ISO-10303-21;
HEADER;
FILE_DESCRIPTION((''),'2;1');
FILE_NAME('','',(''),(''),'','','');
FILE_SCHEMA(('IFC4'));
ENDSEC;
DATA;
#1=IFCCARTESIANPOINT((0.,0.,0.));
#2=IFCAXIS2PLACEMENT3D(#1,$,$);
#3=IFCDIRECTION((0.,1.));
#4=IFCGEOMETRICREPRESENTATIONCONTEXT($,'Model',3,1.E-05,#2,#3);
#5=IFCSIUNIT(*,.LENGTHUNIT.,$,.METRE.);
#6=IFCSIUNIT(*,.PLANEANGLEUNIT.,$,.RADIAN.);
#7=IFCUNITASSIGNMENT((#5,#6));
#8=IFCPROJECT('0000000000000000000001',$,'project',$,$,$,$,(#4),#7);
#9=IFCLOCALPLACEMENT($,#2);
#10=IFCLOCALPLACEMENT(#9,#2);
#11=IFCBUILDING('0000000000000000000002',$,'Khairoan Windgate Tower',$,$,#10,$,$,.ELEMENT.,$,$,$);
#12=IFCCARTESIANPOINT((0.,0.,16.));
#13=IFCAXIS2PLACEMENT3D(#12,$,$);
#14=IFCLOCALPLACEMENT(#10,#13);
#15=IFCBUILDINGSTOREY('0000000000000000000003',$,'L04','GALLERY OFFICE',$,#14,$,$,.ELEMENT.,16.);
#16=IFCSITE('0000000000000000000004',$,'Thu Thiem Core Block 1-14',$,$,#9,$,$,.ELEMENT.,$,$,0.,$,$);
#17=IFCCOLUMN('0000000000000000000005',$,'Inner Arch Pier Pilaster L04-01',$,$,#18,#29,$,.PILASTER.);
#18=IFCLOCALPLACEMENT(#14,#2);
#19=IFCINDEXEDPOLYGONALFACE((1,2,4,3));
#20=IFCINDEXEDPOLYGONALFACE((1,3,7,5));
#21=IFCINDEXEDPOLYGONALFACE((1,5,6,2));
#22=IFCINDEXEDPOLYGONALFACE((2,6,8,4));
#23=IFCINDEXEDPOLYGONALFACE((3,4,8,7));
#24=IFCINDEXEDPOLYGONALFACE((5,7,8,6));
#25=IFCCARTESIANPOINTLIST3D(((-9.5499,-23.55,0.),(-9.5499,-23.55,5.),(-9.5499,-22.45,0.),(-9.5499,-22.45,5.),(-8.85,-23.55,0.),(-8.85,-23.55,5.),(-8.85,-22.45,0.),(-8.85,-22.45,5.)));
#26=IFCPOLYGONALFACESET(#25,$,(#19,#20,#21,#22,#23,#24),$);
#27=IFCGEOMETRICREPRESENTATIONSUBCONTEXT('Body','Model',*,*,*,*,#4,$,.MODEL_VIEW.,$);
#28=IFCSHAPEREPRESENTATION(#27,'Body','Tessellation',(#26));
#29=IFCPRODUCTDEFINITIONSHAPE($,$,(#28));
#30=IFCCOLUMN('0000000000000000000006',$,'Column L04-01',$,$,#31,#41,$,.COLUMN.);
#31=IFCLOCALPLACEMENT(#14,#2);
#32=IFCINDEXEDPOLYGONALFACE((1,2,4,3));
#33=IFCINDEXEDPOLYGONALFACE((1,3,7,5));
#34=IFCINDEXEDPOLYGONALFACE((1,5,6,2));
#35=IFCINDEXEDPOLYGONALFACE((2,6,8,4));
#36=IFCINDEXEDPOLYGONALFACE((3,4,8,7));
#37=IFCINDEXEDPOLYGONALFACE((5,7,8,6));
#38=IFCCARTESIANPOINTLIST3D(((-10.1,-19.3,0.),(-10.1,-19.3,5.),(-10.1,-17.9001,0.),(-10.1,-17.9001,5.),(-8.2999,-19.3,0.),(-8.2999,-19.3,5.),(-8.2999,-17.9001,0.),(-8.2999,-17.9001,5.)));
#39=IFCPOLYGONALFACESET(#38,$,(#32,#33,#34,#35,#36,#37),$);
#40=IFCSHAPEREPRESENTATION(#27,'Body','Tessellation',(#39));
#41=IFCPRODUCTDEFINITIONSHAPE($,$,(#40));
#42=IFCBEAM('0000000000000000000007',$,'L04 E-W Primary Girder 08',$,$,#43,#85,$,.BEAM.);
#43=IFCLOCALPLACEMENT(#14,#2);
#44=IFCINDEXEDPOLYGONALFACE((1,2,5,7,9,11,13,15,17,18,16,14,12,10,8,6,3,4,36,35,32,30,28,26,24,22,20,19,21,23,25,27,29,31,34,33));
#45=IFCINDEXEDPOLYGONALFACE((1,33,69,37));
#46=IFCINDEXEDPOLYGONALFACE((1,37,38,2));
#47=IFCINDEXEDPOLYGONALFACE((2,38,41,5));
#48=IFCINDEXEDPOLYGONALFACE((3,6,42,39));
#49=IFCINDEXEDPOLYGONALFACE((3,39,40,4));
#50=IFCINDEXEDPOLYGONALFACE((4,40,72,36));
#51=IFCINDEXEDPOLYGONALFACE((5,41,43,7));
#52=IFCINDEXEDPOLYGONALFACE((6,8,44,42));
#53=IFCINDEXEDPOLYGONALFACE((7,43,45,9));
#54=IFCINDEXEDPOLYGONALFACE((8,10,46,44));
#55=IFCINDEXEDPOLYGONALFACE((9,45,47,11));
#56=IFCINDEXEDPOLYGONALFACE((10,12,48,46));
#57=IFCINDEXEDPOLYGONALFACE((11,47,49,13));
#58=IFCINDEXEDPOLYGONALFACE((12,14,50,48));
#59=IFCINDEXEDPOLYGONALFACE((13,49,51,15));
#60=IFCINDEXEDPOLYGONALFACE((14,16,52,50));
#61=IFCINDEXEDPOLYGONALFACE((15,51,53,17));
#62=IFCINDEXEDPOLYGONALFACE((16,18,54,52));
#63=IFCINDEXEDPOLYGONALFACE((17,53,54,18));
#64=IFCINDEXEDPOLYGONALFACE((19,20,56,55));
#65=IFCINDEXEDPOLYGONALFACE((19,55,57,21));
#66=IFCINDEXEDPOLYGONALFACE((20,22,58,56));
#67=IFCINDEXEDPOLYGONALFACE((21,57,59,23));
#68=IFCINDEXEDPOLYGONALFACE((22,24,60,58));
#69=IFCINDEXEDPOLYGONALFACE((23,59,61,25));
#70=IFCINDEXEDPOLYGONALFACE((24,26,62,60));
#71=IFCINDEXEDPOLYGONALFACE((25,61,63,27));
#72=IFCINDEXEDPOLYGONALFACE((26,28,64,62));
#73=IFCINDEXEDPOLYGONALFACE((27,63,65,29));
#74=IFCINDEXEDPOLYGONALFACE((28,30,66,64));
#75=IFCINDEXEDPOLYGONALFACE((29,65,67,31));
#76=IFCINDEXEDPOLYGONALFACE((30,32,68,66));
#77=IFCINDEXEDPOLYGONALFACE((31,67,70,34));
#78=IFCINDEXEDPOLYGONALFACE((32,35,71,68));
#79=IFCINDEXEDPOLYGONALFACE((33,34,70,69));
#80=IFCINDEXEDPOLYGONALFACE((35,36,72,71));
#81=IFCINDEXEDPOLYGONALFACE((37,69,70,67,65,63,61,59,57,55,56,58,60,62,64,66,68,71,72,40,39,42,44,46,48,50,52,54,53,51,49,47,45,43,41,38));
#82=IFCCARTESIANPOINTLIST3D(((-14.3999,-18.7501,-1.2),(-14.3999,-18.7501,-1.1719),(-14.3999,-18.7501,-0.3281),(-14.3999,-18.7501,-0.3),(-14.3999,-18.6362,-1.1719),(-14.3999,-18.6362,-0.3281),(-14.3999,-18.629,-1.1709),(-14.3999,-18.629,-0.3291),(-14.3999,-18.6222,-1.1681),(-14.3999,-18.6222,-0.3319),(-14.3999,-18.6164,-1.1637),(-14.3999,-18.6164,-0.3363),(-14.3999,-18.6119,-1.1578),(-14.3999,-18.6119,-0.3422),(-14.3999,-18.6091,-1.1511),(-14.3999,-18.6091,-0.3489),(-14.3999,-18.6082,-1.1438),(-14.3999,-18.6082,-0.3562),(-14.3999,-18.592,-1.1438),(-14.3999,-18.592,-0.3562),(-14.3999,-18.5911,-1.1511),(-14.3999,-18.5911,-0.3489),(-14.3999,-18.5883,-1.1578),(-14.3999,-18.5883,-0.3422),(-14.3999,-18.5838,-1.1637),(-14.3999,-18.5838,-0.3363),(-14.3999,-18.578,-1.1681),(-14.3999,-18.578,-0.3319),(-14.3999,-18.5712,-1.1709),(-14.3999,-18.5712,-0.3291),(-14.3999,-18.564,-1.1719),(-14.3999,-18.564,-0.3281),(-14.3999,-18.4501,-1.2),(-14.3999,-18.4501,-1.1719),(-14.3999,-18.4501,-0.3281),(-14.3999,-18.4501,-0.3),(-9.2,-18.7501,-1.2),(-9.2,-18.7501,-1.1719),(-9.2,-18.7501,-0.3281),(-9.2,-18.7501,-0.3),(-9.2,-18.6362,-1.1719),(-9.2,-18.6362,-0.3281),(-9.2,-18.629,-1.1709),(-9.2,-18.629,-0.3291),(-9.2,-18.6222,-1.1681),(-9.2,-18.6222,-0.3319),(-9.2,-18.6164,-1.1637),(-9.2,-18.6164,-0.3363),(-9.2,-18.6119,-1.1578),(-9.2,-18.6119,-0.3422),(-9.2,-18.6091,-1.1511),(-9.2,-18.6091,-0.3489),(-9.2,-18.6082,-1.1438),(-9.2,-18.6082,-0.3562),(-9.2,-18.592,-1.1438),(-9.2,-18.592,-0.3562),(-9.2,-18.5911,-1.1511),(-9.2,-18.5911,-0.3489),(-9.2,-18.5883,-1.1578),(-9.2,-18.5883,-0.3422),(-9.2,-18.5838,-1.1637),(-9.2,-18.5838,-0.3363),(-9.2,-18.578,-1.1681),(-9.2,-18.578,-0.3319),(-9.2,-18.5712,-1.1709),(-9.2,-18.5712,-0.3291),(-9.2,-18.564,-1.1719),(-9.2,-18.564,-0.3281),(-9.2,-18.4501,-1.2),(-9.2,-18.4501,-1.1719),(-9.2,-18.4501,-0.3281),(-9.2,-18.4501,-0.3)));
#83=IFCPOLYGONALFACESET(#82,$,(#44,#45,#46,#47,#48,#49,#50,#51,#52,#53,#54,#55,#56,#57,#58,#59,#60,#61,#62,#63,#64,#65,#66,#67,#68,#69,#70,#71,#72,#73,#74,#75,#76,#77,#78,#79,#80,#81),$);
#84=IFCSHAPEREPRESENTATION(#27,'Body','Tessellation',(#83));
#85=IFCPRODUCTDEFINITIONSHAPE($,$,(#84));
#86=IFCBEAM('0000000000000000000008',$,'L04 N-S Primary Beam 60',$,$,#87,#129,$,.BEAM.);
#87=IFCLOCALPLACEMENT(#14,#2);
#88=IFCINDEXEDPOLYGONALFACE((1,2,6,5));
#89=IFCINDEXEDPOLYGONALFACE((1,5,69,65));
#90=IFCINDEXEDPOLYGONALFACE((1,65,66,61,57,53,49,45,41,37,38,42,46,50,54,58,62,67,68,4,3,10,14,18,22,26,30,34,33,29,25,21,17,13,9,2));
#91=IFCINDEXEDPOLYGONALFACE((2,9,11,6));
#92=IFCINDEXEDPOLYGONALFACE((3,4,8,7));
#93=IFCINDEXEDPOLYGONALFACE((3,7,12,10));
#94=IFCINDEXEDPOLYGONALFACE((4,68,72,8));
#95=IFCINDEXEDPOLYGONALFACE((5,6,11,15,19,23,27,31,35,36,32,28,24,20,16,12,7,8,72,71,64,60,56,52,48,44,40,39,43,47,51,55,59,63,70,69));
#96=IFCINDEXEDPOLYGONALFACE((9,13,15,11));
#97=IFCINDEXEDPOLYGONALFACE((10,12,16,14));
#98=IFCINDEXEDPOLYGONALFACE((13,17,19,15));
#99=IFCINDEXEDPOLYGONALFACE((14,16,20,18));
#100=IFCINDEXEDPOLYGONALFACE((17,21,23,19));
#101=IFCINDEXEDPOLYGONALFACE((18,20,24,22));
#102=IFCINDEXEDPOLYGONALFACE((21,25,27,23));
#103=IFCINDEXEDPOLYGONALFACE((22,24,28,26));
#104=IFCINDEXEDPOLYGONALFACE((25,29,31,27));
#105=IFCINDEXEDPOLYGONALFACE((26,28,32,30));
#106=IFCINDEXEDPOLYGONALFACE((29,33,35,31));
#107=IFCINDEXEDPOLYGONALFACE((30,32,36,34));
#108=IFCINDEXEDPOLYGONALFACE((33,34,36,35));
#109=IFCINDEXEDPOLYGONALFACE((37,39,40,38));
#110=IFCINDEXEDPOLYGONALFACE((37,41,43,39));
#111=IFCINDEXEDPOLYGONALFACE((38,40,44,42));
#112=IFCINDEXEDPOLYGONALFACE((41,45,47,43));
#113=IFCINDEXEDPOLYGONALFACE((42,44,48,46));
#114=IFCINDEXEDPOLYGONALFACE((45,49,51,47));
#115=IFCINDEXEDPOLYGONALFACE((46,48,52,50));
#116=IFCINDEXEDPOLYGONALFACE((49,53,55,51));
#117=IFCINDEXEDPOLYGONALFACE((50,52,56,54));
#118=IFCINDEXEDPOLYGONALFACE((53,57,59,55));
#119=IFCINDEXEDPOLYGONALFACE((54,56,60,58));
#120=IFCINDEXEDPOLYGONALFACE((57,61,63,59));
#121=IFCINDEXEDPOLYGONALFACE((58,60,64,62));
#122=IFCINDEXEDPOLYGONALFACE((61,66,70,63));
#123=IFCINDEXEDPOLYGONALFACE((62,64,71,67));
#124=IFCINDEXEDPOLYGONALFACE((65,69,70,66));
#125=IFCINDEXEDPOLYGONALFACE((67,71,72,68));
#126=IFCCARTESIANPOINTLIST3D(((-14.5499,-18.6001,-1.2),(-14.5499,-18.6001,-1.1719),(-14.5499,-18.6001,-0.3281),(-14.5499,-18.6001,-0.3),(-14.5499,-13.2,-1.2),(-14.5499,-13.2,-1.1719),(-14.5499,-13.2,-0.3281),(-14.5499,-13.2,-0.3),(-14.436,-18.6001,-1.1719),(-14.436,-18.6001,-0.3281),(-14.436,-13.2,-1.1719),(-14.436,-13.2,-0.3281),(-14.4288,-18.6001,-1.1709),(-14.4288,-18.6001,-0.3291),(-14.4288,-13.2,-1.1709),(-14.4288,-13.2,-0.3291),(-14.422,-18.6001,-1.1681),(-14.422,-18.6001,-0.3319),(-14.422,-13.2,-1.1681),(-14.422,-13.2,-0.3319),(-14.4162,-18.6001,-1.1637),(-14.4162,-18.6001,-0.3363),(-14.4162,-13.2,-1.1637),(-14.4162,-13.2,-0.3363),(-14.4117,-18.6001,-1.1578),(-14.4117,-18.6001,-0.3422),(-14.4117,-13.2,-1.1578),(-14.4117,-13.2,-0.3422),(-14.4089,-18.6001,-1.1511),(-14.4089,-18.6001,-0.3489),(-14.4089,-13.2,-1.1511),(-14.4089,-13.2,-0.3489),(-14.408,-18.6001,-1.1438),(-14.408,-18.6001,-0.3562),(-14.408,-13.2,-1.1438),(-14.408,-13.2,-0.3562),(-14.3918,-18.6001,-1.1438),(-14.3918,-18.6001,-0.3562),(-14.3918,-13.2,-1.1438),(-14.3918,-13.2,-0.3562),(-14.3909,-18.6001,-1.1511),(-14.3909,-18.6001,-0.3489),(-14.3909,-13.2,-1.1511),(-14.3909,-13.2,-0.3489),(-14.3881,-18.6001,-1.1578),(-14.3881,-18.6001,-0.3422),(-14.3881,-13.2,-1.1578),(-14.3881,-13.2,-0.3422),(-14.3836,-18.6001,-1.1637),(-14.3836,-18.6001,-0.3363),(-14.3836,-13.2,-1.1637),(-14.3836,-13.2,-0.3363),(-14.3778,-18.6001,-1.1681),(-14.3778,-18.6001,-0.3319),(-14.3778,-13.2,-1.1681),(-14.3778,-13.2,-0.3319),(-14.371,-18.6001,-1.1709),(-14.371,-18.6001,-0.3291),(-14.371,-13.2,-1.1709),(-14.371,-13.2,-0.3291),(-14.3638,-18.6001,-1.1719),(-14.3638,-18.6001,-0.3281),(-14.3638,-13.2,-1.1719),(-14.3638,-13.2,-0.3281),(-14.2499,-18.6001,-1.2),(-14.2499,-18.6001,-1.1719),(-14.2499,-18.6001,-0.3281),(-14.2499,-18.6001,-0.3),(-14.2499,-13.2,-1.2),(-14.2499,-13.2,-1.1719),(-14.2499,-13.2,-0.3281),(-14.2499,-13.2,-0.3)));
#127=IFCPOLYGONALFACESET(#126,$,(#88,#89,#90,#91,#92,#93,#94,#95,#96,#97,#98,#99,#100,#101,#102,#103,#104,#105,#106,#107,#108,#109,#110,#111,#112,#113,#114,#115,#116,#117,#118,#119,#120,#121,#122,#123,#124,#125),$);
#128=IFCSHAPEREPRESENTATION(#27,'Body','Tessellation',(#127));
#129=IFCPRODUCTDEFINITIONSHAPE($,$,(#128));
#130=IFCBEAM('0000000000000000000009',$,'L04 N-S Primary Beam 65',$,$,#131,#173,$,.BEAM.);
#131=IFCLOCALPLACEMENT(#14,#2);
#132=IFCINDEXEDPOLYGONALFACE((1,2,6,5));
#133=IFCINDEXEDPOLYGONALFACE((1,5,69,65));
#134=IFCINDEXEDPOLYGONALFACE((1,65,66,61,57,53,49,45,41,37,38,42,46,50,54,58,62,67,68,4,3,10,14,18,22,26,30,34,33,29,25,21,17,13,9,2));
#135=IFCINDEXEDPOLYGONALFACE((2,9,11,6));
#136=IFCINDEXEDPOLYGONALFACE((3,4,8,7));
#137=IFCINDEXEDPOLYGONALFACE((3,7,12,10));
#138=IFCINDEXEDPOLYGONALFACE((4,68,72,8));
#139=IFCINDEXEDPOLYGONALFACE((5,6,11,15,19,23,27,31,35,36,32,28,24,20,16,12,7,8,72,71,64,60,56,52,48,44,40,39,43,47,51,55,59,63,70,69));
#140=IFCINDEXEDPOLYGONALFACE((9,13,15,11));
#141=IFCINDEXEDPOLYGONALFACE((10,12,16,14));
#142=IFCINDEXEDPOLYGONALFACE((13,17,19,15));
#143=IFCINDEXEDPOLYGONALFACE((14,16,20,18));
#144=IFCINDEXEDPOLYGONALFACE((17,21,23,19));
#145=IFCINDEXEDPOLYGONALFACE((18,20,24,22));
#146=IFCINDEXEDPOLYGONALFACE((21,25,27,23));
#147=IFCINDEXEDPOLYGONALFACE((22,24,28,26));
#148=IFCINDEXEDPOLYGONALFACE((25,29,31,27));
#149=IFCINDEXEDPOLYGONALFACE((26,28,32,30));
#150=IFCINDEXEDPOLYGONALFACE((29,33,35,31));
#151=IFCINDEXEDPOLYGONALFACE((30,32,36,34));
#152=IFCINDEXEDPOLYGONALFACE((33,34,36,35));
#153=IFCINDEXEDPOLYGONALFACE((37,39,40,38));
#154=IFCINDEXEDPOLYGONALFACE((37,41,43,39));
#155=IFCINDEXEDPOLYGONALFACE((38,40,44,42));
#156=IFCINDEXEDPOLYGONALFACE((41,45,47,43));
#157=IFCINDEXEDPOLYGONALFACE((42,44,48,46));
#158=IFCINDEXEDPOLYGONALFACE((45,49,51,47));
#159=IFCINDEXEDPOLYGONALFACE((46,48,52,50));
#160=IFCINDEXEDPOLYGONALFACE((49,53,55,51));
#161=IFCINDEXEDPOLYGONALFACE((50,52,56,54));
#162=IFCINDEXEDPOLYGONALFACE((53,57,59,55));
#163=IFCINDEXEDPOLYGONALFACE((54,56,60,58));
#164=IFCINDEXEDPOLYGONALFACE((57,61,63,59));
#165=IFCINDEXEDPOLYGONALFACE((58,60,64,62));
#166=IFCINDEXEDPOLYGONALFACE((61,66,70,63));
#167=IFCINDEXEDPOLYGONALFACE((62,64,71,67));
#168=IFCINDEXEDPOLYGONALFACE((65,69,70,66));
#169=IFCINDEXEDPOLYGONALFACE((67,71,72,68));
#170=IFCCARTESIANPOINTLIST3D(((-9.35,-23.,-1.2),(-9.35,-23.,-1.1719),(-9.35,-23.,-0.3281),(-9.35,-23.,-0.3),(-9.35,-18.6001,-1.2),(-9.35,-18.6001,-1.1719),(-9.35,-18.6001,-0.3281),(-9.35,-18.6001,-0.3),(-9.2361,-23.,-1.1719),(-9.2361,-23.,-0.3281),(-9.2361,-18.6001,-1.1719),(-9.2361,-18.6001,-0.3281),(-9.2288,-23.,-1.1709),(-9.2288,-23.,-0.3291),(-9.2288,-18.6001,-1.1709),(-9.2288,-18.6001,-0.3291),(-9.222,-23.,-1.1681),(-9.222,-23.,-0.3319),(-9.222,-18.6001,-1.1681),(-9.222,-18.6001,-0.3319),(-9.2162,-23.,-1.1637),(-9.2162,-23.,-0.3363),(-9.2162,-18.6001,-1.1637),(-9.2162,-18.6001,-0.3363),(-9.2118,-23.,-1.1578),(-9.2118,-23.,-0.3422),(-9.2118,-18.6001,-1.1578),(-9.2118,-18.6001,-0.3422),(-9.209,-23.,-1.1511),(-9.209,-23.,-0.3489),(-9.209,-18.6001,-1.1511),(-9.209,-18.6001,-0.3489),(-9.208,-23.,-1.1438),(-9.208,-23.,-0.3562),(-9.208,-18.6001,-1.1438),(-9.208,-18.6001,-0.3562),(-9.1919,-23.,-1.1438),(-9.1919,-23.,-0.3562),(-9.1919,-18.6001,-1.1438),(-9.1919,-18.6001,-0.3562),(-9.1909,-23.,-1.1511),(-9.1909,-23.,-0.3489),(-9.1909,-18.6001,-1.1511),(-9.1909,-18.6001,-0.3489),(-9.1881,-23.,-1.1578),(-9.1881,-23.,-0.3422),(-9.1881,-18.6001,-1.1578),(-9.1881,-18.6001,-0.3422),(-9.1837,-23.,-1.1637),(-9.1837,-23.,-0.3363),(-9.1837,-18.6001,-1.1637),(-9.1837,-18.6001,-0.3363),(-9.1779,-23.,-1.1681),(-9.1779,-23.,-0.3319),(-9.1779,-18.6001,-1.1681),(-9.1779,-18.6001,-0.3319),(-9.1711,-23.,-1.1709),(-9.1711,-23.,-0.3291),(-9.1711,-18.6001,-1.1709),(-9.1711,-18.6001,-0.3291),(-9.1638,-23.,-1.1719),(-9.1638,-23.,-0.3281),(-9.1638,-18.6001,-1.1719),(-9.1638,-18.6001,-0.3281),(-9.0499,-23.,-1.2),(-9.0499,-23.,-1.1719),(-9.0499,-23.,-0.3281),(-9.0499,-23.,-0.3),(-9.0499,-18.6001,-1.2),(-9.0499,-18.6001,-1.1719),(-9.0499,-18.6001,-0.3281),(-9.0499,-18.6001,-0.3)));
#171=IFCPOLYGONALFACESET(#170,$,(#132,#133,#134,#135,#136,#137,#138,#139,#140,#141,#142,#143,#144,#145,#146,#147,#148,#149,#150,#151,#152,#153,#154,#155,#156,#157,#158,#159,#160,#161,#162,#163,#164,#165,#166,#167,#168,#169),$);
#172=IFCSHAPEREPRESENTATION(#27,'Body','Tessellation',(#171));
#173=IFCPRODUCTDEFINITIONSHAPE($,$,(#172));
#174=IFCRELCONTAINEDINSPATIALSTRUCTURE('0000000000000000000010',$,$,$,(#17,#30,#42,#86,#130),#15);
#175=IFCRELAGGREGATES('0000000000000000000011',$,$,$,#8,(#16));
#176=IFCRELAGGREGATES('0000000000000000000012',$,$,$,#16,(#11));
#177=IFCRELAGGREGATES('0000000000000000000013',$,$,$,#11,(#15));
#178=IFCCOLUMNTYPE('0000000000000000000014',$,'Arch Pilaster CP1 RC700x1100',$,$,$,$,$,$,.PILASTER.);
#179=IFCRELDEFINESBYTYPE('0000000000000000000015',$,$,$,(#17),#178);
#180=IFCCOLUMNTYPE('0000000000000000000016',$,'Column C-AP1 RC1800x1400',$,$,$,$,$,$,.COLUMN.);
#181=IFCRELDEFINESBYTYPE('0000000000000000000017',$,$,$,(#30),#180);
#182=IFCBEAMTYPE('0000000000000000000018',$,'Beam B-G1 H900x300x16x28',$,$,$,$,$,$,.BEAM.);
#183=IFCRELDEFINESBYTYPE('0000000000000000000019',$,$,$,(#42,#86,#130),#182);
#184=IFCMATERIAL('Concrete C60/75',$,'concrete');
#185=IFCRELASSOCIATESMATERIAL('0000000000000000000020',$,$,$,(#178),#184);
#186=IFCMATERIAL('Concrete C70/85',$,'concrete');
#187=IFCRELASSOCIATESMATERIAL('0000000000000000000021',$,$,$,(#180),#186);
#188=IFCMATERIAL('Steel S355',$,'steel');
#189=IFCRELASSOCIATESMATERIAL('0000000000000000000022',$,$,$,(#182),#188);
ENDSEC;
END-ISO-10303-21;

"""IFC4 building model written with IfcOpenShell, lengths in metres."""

from ifc_helpers import new_model, si_unit, direction, frame, origin, origin_2d, place, context, subcontext, project, spatial, rectangle, i_section, extrude, material, material_profile, profile_set, type_object, element, save


model = new_model("IFC4")

# Units and contexts
model_context = context("Model", 3, precision=1e-05, world=origin(), true_north=direction((0.0, 1.0)))
body_context = subcontext(model_context, "Body", "Model", "MODEL_VIEW")
ifc_project = project(units=[si_unit("LENGTHUNIT", "METRE"), si_unit("PLANEANGLEUNIT", "RADIAN")], contexts=[model_context])

# Site, building, storey
site_placement = place(None, origin())
site = spatial("IfcSite", under=ifc_project, at=site_placement, Name="Thu Thiem Core Block 1-14", CompositionType="ELEMENT", RefElevation=0.0)
building_placement = place(site_placement, origin())
building = spatial("IfcBuilding", under=site, at=building_placement, Name="Khairoan Windgate Tower", CompositionType="ELEMENT")
storey_placement = place(building_placement, frame((0.0, 0.0, 16.0)))
storey = spatial("IfcBuildingStorey", under=building, at=storey_placement, Name="L04", Description="GALLERY OFFICE", CompositionType="ELEMENT", Elevation=16.0)

# Columns
ifc_material_1 = material(Name="Concrete C60/75", Category="concrete")
ifc_material_profile_1 = material_profile(ifc_material_1, rectangle(XDim=0.7, YDim=1.1001, at=origin_2d()))
ifc_profile_set_1 = profile_set([ifc_material_profile_1], Name="Concrete C60/75")
column_type_1 = type_object("IfcColumnType", Name="Arch Pilaster CP1 RC700x1100", PredefinedType="PILASTER", material=ifc_profile_set_1)
column_1_placement = place(storey_placement, frame((-9.2, -23.0, 0.0), z_axis=(0.0, 0.0, 1.0), x_axis=(1.0, 0.0, 0.0)))
element("IfcColumn", 1, at=column_1_placement, inside=storey, type_object=column_type_1, Name="Inner Arch Pier Pilaster L04-01", PredefinedType="PILASTER", context=body_context, shape_type="SweptSolid", body=[
    extrude(rectangle(XDim=0.7, YDim=1.1001, at=origin_2d()), origin(), (0.0, 0.0, 1.0), 5.0),
])
ifc_material_2 = material(Name="Concrete C70/85", Category="concrete")
ifc_material_profile_2 = material_profile(ifc_material_2, rectangle(XDim=1.8, YDim=1.3999, at=origin_2d()))
ifc_profile_set_2 = profile_set([ifc_material_profile_2], Name="Concrete C70/85")
column_type_2 = type_object("IfcColumnType", Name="Column C-AP1 RC1800x1400", PredefinedType="COLUMN", material=ifc_profile_set_2)
column_2_placement = place(storey_placement, frame((-9.2, -18.6001, 0.0), z_axis=(0.0, 0.0, 1.0), x_axis=(1.0, 0.0, 0.0)))
element("IfcColumn", 2, at=column_2_placement, inside=storey, type_object=column_type_2, Name="Column L04-01", PredefinedType="COLUMN", context=body_context, shape_type="SweptSolid", body=[
    extrude(rectangle(XDim=1.8, YDim=1.3999, at=origin_2d()), origin(), (0.0, 0.0, 1.0), 5.0),
])

# Beams
ifc_material_3 = material(Name="Steel S355", Category="steel")
ifc_material_profile_3 = material_profile(ifc_material_3, i_section(OverallWidth=0.3, OverallDepth=0.8999, WebThickness=0.0161, FlangeThickness=0.0281, FilletRadius=0.0281, at=origin_2d()))
ifc_profile_set_3 = profile_set([ifc_material_profile_3], Name="Steel S355")
beam_type = type_object("IfcBeamType", Name="Beam B-G1 H900x300x16x28", PredefinedType="BEAM", material=ifc_profile_set_3)
beam_1_placement = place(storey_placement, frame((-14.3999, -18.6001, -0.75), z_axis=(1.0, 0.0, 0.0), x_axis=(0.0, 1.0, 0.0)))
element("IfcBeam", 3, at=beam_1_placement, inside=storey, type_object=beam_type, Name="L04 E-W Primary Girder 08", PredefinedType="BEAM", context=body_context, shape_type="SweptSolid", body=[
    extrude(i_section(OverallWidth=0.3, OverallDepth=0.8999, WebThickness=0.0161, FlangeThickness=0.0281, FilletRadius=0.0281, at=origin_2d()), origin(), (0.0, 0.0, 1.0), 5.2),
])
beam_2_placement = place(storey_placement, frame((-14.3999, -18.6001, -0.75), z_axis=(0.0, 1.0, 0.0), x_axis=(-1.0, 0.0, 0.0)))
element("IfcBeam", 4, at=beam_2_placement, inside=storey, type_object=beam_type, Name="L04 N-S Primary Beam 60", PredefinedType="BEAM", context=body_context, shape_type="SweptSolid", body=[
    extrude(i_section(OverallWidth=0.3, OverallDepth=0.8999, WebThickness=0.0161, FlangeThickness=0.0281, FilletRadius=0.0281, at=origin_2d()), origin(), (0.0, 0.0, 1.0), 5.4001),
])
beam_3_placement = place(storey_placement, frame((-9.2, -23.0, -0.75), z_axis=(0.0, 1.0, 0.0), x_axis=(-1.0, 0.0, 0.0)))
element("IfcBeam", 5, at=beam_3_placement, inside=storey, type_object=beam_type, Name="L04 N-S Primary Beam 65", PredefinedType="BEAM", context=body_context, shape_type="SweptSolid", body=[
    extrude(i_section(OverallWidth=0.3, OverallDepth=0.8999, WebThickness=0.0161, FlangeThickness=0.0281, FilletRadius=0.0281, at=origin_2d()), origin(), (0.0, 0.0, 1.0), 4.3999),
])

save(model, "model.ifc")
